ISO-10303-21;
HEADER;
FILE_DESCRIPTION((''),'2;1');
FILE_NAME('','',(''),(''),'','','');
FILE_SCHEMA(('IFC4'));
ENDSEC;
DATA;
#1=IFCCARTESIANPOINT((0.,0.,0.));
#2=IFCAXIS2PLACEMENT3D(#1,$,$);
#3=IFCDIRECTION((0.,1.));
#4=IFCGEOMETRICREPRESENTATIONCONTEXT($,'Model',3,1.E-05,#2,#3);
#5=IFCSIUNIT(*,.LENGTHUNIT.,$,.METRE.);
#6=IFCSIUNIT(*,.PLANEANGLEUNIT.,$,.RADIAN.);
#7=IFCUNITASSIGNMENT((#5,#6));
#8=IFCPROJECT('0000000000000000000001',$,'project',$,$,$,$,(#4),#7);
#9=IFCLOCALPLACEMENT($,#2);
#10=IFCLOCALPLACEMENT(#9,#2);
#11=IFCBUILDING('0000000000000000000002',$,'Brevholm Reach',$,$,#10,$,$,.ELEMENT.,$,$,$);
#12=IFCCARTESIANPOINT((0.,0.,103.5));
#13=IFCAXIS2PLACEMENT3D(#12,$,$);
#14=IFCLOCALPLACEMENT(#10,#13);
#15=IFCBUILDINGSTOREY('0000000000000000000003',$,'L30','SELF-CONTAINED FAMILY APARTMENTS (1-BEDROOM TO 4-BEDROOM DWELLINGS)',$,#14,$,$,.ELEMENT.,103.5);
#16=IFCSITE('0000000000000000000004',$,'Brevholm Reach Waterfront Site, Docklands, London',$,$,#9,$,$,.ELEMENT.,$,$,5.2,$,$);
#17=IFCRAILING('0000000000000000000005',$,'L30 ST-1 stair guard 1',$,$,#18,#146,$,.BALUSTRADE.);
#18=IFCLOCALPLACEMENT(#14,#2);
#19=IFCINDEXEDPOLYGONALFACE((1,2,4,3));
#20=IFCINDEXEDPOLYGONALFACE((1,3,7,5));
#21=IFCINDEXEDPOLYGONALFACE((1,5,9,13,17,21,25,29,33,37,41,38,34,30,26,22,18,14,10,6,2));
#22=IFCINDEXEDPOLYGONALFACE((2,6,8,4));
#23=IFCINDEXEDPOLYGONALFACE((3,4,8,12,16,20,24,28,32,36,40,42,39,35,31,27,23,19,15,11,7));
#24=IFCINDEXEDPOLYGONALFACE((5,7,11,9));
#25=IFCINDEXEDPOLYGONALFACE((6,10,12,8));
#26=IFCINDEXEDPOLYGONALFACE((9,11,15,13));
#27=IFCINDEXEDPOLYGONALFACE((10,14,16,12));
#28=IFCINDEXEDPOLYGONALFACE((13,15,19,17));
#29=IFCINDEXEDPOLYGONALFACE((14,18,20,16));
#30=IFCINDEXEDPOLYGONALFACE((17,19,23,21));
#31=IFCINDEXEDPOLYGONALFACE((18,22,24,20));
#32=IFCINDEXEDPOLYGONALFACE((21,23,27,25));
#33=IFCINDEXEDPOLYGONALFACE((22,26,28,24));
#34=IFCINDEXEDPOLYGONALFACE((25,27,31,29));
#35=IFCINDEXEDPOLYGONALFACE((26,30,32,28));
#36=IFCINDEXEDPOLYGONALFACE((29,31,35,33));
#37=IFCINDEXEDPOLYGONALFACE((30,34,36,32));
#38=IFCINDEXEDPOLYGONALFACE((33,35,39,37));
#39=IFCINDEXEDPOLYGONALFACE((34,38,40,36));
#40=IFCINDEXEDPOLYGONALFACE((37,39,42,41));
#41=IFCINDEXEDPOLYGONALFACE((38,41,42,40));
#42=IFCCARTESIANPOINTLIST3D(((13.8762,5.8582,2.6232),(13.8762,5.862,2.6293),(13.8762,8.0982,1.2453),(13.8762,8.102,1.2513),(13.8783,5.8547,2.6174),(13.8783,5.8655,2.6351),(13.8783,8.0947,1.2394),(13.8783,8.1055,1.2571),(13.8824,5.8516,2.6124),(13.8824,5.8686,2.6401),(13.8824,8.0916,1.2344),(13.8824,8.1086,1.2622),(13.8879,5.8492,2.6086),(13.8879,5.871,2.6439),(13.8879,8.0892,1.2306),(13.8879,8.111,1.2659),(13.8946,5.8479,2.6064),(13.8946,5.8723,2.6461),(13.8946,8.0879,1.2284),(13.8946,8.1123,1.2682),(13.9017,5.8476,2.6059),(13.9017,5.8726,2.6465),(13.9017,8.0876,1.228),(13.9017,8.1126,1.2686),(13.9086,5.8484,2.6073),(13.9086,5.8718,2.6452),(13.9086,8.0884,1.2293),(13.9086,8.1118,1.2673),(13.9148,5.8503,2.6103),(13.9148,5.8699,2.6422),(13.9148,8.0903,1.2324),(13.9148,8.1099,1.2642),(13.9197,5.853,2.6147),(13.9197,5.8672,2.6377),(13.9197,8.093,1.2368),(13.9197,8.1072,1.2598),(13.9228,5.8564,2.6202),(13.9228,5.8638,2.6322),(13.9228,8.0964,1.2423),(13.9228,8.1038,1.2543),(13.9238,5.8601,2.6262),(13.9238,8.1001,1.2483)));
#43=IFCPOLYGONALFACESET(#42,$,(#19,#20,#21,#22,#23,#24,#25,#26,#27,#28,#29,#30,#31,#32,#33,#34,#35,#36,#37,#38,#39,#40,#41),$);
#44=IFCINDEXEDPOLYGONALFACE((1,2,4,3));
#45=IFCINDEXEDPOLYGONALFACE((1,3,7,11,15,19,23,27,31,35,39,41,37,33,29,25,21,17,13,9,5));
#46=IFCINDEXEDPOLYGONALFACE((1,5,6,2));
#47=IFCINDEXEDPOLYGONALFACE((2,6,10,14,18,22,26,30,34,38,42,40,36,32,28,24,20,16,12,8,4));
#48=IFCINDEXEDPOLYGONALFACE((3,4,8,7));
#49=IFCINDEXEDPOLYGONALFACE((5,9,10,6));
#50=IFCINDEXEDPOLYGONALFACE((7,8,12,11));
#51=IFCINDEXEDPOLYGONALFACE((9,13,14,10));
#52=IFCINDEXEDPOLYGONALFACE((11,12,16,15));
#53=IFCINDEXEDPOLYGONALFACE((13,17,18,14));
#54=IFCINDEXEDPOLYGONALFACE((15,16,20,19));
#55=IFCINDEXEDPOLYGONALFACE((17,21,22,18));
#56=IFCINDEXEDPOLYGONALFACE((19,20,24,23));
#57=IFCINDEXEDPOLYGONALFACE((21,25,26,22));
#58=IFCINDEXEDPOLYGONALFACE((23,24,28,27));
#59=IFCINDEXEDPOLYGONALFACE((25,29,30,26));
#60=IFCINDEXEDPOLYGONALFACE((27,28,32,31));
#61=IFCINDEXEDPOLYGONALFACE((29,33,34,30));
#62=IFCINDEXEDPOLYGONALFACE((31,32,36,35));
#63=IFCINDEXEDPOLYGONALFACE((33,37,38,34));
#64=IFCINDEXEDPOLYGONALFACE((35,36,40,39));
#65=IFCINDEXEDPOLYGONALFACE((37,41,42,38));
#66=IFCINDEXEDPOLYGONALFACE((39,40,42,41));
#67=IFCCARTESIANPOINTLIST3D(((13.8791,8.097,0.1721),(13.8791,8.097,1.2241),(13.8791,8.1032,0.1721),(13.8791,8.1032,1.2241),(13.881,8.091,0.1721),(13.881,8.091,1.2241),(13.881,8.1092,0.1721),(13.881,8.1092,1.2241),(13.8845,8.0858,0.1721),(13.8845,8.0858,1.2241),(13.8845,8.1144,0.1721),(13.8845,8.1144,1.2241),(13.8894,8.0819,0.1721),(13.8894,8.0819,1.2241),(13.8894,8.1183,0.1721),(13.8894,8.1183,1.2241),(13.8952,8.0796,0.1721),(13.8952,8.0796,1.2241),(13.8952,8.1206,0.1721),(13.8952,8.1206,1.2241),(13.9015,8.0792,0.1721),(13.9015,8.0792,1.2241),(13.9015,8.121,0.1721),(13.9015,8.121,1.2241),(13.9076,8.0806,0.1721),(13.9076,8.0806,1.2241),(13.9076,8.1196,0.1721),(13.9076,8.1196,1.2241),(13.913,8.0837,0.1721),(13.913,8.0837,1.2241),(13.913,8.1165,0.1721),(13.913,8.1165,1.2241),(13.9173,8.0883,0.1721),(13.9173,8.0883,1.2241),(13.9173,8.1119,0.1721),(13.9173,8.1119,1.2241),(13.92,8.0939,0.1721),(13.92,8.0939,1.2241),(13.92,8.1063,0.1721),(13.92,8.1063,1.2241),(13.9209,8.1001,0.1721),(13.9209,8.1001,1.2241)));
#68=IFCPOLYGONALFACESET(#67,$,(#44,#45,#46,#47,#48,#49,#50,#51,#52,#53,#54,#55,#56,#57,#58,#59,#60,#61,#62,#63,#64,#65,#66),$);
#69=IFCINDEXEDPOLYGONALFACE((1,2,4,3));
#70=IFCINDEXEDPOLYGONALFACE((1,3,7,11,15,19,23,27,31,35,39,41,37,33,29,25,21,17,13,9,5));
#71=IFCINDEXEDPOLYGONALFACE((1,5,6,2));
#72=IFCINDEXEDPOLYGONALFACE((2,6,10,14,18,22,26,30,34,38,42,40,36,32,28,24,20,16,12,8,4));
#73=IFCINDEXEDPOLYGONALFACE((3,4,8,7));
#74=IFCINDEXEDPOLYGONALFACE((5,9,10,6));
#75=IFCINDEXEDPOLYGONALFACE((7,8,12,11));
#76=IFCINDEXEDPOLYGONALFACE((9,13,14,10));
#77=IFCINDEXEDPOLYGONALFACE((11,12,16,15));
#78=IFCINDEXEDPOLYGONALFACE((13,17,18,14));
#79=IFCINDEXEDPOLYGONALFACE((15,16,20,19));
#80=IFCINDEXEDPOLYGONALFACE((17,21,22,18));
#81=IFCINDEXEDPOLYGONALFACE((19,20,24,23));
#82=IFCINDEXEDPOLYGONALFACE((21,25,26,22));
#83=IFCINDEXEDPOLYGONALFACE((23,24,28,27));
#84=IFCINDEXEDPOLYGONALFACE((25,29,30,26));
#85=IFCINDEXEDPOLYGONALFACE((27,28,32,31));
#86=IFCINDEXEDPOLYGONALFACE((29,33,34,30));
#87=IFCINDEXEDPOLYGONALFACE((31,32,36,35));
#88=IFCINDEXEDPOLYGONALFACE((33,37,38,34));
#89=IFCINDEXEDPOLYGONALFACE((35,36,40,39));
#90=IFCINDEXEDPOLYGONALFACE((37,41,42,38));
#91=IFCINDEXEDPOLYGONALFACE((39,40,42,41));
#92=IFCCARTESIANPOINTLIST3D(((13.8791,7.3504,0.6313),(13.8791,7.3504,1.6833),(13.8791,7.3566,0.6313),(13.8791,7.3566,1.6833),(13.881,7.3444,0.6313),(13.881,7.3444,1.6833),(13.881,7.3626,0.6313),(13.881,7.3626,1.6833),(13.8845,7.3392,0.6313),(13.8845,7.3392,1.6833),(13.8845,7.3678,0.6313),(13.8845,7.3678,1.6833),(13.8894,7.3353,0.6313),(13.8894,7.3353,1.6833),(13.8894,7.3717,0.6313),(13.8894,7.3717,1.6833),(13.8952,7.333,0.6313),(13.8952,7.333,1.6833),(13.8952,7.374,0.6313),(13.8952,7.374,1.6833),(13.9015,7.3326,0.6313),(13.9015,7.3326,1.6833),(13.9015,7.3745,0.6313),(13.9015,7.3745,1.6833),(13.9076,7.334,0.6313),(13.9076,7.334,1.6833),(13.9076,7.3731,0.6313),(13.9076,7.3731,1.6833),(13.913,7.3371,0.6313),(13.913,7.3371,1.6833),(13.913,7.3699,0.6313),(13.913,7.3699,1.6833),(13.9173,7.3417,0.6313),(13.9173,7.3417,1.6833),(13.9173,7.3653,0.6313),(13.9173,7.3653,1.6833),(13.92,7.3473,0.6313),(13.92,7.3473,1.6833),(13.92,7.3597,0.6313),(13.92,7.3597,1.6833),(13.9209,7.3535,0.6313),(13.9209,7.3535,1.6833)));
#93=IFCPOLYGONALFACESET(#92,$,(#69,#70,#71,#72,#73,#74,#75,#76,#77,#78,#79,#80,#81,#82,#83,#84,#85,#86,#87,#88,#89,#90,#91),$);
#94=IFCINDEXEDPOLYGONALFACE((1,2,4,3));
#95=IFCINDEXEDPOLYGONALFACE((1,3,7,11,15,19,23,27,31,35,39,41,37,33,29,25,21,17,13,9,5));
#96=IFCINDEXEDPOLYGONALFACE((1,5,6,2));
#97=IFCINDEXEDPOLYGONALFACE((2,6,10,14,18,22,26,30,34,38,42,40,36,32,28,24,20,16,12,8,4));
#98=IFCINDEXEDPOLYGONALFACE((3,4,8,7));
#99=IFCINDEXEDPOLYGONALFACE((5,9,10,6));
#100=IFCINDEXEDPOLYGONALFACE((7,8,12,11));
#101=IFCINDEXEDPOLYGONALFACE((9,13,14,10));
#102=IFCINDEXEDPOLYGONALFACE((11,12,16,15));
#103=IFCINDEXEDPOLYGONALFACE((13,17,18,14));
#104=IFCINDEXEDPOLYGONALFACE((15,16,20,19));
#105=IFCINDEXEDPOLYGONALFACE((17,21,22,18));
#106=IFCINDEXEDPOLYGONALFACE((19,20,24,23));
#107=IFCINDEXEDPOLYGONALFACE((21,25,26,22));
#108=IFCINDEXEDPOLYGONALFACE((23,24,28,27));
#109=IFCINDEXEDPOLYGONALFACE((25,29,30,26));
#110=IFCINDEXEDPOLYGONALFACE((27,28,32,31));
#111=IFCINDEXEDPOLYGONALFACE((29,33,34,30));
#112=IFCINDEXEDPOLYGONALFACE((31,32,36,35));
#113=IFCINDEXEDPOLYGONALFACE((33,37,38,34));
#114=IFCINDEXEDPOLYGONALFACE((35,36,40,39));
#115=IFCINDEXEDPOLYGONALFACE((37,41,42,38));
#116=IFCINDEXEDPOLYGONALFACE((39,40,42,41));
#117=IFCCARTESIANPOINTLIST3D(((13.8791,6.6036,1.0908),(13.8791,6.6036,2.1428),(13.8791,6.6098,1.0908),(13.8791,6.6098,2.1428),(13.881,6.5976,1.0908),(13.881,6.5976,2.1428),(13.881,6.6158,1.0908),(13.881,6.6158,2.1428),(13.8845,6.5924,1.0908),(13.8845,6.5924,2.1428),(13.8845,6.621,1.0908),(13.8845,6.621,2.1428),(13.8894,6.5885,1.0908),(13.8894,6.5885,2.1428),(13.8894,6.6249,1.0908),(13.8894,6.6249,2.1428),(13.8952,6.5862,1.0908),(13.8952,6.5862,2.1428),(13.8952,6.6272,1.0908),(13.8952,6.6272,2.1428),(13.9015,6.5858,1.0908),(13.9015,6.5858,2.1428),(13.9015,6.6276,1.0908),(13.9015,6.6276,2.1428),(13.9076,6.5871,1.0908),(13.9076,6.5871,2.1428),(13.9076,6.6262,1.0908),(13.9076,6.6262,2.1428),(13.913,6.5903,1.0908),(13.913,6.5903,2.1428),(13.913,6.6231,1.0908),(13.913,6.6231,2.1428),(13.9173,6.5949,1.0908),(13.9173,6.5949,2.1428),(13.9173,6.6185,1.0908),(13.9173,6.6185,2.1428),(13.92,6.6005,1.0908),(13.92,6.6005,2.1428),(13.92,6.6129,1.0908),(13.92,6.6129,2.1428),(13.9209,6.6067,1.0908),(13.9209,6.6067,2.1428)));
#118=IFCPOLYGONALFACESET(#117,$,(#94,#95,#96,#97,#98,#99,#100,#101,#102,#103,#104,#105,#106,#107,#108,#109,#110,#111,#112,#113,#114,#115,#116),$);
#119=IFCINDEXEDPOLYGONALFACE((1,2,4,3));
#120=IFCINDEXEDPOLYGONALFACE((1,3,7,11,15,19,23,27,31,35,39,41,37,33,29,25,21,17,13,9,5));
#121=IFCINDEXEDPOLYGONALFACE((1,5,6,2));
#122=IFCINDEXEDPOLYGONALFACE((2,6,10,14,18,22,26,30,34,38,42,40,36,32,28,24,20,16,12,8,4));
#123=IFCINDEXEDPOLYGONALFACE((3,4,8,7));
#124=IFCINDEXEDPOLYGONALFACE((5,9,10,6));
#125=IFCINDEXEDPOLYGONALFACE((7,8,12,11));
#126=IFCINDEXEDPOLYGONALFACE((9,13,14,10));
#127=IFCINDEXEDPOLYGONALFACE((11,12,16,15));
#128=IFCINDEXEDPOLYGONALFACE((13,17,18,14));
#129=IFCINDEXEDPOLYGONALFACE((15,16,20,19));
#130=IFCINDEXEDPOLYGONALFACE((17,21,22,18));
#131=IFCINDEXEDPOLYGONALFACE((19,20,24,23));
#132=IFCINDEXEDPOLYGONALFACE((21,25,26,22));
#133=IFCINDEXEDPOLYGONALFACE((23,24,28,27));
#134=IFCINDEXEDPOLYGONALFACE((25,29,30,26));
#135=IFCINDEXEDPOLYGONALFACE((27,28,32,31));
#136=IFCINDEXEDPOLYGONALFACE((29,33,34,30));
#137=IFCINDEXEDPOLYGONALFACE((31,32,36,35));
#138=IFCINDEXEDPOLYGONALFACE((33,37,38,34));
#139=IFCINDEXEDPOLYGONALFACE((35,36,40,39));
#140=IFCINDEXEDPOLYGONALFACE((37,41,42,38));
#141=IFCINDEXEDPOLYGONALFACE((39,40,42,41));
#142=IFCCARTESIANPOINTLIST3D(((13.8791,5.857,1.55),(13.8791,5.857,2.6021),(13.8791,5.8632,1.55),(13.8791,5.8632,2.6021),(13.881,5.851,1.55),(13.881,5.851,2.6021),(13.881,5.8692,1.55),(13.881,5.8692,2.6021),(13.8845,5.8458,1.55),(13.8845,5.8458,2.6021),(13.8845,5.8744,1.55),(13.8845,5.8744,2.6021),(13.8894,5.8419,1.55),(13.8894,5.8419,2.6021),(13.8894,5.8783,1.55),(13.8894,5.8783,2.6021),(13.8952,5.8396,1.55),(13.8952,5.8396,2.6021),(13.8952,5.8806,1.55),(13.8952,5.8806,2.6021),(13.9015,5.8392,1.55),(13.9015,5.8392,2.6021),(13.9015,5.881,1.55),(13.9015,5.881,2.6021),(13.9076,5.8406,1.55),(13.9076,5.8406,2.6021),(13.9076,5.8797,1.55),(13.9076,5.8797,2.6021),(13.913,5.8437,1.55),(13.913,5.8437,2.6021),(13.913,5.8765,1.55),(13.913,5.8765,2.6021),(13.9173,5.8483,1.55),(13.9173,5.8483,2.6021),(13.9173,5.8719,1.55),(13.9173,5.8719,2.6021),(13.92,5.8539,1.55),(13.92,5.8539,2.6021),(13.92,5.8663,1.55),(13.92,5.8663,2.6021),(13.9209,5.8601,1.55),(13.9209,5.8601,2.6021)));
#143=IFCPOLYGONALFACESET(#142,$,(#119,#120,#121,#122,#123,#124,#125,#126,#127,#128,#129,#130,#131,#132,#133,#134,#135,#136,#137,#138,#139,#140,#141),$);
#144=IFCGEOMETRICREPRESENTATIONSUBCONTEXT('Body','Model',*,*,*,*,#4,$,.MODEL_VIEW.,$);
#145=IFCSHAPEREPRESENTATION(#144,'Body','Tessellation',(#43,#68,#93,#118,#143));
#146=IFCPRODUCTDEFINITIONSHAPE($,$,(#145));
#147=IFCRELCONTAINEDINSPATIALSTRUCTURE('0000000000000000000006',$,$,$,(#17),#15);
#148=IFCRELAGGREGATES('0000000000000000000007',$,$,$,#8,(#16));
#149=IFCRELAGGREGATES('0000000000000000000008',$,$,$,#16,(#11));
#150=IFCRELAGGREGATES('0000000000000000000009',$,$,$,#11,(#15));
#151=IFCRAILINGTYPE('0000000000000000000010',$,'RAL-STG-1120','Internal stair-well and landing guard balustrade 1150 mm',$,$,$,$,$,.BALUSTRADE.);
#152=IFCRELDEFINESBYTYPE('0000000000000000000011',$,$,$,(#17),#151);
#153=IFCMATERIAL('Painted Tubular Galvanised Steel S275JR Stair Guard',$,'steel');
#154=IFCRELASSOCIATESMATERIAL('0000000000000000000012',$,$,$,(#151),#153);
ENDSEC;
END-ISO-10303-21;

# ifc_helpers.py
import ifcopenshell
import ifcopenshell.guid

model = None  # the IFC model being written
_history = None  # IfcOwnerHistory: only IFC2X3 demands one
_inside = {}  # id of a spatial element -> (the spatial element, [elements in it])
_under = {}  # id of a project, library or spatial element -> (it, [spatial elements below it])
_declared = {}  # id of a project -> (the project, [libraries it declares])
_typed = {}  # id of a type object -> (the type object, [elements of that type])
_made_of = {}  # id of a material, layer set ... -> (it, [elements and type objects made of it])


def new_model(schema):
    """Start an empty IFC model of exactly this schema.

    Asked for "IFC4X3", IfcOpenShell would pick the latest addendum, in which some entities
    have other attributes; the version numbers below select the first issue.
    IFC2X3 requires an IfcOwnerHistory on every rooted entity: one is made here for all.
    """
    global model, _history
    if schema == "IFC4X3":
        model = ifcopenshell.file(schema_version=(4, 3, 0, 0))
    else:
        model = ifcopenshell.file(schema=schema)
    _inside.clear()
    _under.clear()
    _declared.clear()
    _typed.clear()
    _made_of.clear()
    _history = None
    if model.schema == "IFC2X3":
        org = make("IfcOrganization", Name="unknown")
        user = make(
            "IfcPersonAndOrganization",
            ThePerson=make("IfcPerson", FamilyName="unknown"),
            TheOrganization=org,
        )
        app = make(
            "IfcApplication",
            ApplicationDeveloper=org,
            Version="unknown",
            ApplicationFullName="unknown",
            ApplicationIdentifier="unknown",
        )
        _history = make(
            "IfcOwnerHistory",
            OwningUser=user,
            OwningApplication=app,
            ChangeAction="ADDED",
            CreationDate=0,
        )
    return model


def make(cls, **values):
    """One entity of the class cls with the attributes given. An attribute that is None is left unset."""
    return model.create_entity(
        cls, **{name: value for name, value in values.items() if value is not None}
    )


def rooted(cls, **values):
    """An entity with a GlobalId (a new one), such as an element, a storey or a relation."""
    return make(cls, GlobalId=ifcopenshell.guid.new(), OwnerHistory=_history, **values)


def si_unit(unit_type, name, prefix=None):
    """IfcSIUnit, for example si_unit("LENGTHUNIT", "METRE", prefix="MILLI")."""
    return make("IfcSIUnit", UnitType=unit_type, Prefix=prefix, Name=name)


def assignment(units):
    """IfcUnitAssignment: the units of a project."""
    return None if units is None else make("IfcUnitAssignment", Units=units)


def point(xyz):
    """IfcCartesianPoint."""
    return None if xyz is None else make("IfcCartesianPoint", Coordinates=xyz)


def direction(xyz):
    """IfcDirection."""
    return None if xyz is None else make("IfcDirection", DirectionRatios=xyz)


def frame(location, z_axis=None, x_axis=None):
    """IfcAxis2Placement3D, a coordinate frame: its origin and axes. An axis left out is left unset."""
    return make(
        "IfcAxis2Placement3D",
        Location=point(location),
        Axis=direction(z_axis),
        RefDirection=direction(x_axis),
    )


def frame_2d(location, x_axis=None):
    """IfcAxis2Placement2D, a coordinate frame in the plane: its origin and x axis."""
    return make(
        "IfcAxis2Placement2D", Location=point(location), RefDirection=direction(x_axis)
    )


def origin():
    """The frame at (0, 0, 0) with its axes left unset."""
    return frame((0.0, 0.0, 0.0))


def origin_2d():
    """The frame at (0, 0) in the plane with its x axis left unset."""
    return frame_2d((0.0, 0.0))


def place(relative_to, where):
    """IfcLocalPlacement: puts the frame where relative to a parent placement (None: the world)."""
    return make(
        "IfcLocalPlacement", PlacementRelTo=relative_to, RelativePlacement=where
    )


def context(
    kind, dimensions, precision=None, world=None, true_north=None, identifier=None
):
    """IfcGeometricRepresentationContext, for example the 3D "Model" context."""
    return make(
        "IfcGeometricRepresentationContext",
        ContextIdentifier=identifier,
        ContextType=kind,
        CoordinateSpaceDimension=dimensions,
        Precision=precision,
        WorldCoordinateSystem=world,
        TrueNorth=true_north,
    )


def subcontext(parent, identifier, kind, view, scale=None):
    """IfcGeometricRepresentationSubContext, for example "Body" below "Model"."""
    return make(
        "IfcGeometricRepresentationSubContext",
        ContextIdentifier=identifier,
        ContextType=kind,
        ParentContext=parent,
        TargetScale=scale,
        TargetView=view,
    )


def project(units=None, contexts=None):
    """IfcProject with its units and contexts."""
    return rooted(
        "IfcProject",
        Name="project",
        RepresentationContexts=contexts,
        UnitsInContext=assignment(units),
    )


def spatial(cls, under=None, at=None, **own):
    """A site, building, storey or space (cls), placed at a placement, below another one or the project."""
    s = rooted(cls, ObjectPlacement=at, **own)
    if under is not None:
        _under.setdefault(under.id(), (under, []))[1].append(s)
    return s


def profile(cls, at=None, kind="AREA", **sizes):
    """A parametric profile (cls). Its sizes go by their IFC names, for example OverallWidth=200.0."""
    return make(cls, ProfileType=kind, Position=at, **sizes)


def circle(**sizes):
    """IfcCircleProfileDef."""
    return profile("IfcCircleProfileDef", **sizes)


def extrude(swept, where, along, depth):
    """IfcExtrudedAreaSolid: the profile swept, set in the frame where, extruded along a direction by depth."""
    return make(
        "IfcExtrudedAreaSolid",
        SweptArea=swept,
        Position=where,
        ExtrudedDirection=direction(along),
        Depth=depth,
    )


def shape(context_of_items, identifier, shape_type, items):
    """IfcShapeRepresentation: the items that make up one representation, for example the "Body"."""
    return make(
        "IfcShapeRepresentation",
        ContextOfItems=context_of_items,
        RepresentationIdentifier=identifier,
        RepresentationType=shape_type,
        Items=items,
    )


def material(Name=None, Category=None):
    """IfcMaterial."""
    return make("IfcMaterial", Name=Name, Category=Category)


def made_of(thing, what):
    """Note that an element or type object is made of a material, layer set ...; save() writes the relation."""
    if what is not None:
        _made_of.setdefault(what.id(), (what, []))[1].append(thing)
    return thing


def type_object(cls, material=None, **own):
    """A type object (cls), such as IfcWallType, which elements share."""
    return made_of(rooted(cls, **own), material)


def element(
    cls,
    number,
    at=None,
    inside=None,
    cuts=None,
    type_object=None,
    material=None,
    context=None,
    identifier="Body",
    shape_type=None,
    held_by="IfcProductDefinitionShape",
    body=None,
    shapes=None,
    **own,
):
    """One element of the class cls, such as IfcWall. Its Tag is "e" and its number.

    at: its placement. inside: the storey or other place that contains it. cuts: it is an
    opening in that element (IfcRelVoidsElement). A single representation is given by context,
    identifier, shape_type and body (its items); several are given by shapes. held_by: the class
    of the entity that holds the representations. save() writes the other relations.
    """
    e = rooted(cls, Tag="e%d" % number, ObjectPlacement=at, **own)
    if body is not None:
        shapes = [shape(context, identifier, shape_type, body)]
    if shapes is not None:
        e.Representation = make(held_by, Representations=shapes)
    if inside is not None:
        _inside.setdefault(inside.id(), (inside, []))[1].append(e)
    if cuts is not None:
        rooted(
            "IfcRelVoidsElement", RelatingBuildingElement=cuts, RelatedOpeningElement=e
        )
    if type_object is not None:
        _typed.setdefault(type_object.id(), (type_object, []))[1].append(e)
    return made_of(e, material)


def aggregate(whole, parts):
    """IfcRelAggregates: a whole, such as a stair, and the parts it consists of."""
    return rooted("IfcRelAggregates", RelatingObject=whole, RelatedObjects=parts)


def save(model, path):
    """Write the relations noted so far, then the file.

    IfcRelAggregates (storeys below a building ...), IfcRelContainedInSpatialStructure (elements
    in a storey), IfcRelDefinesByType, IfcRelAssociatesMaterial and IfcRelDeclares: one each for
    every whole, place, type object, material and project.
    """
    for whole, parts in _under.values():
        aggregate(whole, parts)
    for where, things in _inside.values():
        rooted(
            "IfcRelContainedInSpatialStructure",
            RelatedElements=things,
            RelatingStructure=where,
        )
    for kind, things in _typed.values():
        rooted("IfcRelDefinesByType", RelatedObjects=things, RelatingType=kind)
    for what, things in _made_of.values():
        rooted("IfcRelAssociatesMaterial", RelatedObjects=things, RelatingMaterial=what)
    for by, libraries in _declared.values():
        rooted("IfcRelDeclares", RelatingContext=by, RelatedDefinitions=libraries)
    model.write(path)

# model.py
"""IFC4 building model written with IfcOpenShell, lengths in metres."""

from ifc_helpers import new_model, si_unit, direction, frame, origin, origin_2d, place, context, subcontext, project, spatial, circle, extrude, material, type_object, element, save


model = new_model("IFC4")

# Units and contexts
model_context = context("Model", 3, precision=1e-05, world=origin(), true_north=direction((0.0, 1.0)))
body_context = subcontext(model_context, "Body", "Model", "MODEL_VIEW")
ifc_project = project(units=[si_unit("LENGTHUNIT", "METRE"), si_unit("PLANEANGLEUNIT", "RADIAN")], contexts=[model_context])

# Site, building, storey
site_placement = place(None, origin())
site = spatial("IfcSite", under=ifc_project, at=site_placement, Name="Brevholm Reach Waterfront Site, Docklands, London", CompositionType="ELEMENT", RefElevation=5.2)
building_placement = place(site_placement, origin())
building = spatial("IfcBuilding", under=site, at=building_placement, Name="Brevholm Reach", CompositionType="ELEMENT")
storey_placement = place(building_placement, frame((0.0, 0.0, 103.5)))
storey = spatial("IfcBuildingStorey", under=building, at=storey_placement, Name="L30", Description="SELF-CONTAINED FAMILY APARTMENTS (1-BEDROOM TO 4-BEDROOM DWELLINGS)", CompositionType="ELEMENT", Elevation=103.5)

# Railing
ifc_material_1 = material(Name="Painted Tubular Galvanised Steel S275JR Stair Guard", Category="steel")
railing_type_1 = type_object("IfcRailingType", Name="RAL-STG-1120", Description="Internal stair-well and landing guard balustrade 1150 mm", PredefinedType="BALUSTRADE", material=ifc_material_1)
railing_1_placement = place(storey_placement, frame((13.8999, 8.1001, 0.1721)))
element("IfcRailing", 1, at=railing_1_placement, inside=storey, type_object=railing_type_1, Name="L30 ST-1 stair guard 1", PredefinedType="BALUSTRADE", context=body_context, shape_type="SweptSolid", body=[
    extrude(circle(Radius=0.0239, at=origin_2d()), frame((0.0, 0.0, 1.0762), z_axis=(0.0, -0.851748, 0.523952), x_axis=(1.0, 0.0, 0.0)), (0.0, 0.0, 1.0), 2.6299),
    extrude(circle(Radius=0.021, at=origin_2d()), origin(), (0.0, 0.0, 1.0), 1.052),
    extrude(circle(Radius=0.021, at=origin_2d()), frame((0.0, -0.7466, 0.4592)), (0.0, 0.0, 1.0), 1.052),
    extrude(circle(Radius=0.021, at=origin_2d()), frame((0.0, -1.4934, 0.9187)), (0.0, 0.0, 1.0), 1.052),
    extrude(circle(Radius=0.021, at=origin_2d()), frame((0.0, -2.24, 1.3779)), (0.0, 0.0, 1.0), 1.052),
])

save(model, "model.ifc")
